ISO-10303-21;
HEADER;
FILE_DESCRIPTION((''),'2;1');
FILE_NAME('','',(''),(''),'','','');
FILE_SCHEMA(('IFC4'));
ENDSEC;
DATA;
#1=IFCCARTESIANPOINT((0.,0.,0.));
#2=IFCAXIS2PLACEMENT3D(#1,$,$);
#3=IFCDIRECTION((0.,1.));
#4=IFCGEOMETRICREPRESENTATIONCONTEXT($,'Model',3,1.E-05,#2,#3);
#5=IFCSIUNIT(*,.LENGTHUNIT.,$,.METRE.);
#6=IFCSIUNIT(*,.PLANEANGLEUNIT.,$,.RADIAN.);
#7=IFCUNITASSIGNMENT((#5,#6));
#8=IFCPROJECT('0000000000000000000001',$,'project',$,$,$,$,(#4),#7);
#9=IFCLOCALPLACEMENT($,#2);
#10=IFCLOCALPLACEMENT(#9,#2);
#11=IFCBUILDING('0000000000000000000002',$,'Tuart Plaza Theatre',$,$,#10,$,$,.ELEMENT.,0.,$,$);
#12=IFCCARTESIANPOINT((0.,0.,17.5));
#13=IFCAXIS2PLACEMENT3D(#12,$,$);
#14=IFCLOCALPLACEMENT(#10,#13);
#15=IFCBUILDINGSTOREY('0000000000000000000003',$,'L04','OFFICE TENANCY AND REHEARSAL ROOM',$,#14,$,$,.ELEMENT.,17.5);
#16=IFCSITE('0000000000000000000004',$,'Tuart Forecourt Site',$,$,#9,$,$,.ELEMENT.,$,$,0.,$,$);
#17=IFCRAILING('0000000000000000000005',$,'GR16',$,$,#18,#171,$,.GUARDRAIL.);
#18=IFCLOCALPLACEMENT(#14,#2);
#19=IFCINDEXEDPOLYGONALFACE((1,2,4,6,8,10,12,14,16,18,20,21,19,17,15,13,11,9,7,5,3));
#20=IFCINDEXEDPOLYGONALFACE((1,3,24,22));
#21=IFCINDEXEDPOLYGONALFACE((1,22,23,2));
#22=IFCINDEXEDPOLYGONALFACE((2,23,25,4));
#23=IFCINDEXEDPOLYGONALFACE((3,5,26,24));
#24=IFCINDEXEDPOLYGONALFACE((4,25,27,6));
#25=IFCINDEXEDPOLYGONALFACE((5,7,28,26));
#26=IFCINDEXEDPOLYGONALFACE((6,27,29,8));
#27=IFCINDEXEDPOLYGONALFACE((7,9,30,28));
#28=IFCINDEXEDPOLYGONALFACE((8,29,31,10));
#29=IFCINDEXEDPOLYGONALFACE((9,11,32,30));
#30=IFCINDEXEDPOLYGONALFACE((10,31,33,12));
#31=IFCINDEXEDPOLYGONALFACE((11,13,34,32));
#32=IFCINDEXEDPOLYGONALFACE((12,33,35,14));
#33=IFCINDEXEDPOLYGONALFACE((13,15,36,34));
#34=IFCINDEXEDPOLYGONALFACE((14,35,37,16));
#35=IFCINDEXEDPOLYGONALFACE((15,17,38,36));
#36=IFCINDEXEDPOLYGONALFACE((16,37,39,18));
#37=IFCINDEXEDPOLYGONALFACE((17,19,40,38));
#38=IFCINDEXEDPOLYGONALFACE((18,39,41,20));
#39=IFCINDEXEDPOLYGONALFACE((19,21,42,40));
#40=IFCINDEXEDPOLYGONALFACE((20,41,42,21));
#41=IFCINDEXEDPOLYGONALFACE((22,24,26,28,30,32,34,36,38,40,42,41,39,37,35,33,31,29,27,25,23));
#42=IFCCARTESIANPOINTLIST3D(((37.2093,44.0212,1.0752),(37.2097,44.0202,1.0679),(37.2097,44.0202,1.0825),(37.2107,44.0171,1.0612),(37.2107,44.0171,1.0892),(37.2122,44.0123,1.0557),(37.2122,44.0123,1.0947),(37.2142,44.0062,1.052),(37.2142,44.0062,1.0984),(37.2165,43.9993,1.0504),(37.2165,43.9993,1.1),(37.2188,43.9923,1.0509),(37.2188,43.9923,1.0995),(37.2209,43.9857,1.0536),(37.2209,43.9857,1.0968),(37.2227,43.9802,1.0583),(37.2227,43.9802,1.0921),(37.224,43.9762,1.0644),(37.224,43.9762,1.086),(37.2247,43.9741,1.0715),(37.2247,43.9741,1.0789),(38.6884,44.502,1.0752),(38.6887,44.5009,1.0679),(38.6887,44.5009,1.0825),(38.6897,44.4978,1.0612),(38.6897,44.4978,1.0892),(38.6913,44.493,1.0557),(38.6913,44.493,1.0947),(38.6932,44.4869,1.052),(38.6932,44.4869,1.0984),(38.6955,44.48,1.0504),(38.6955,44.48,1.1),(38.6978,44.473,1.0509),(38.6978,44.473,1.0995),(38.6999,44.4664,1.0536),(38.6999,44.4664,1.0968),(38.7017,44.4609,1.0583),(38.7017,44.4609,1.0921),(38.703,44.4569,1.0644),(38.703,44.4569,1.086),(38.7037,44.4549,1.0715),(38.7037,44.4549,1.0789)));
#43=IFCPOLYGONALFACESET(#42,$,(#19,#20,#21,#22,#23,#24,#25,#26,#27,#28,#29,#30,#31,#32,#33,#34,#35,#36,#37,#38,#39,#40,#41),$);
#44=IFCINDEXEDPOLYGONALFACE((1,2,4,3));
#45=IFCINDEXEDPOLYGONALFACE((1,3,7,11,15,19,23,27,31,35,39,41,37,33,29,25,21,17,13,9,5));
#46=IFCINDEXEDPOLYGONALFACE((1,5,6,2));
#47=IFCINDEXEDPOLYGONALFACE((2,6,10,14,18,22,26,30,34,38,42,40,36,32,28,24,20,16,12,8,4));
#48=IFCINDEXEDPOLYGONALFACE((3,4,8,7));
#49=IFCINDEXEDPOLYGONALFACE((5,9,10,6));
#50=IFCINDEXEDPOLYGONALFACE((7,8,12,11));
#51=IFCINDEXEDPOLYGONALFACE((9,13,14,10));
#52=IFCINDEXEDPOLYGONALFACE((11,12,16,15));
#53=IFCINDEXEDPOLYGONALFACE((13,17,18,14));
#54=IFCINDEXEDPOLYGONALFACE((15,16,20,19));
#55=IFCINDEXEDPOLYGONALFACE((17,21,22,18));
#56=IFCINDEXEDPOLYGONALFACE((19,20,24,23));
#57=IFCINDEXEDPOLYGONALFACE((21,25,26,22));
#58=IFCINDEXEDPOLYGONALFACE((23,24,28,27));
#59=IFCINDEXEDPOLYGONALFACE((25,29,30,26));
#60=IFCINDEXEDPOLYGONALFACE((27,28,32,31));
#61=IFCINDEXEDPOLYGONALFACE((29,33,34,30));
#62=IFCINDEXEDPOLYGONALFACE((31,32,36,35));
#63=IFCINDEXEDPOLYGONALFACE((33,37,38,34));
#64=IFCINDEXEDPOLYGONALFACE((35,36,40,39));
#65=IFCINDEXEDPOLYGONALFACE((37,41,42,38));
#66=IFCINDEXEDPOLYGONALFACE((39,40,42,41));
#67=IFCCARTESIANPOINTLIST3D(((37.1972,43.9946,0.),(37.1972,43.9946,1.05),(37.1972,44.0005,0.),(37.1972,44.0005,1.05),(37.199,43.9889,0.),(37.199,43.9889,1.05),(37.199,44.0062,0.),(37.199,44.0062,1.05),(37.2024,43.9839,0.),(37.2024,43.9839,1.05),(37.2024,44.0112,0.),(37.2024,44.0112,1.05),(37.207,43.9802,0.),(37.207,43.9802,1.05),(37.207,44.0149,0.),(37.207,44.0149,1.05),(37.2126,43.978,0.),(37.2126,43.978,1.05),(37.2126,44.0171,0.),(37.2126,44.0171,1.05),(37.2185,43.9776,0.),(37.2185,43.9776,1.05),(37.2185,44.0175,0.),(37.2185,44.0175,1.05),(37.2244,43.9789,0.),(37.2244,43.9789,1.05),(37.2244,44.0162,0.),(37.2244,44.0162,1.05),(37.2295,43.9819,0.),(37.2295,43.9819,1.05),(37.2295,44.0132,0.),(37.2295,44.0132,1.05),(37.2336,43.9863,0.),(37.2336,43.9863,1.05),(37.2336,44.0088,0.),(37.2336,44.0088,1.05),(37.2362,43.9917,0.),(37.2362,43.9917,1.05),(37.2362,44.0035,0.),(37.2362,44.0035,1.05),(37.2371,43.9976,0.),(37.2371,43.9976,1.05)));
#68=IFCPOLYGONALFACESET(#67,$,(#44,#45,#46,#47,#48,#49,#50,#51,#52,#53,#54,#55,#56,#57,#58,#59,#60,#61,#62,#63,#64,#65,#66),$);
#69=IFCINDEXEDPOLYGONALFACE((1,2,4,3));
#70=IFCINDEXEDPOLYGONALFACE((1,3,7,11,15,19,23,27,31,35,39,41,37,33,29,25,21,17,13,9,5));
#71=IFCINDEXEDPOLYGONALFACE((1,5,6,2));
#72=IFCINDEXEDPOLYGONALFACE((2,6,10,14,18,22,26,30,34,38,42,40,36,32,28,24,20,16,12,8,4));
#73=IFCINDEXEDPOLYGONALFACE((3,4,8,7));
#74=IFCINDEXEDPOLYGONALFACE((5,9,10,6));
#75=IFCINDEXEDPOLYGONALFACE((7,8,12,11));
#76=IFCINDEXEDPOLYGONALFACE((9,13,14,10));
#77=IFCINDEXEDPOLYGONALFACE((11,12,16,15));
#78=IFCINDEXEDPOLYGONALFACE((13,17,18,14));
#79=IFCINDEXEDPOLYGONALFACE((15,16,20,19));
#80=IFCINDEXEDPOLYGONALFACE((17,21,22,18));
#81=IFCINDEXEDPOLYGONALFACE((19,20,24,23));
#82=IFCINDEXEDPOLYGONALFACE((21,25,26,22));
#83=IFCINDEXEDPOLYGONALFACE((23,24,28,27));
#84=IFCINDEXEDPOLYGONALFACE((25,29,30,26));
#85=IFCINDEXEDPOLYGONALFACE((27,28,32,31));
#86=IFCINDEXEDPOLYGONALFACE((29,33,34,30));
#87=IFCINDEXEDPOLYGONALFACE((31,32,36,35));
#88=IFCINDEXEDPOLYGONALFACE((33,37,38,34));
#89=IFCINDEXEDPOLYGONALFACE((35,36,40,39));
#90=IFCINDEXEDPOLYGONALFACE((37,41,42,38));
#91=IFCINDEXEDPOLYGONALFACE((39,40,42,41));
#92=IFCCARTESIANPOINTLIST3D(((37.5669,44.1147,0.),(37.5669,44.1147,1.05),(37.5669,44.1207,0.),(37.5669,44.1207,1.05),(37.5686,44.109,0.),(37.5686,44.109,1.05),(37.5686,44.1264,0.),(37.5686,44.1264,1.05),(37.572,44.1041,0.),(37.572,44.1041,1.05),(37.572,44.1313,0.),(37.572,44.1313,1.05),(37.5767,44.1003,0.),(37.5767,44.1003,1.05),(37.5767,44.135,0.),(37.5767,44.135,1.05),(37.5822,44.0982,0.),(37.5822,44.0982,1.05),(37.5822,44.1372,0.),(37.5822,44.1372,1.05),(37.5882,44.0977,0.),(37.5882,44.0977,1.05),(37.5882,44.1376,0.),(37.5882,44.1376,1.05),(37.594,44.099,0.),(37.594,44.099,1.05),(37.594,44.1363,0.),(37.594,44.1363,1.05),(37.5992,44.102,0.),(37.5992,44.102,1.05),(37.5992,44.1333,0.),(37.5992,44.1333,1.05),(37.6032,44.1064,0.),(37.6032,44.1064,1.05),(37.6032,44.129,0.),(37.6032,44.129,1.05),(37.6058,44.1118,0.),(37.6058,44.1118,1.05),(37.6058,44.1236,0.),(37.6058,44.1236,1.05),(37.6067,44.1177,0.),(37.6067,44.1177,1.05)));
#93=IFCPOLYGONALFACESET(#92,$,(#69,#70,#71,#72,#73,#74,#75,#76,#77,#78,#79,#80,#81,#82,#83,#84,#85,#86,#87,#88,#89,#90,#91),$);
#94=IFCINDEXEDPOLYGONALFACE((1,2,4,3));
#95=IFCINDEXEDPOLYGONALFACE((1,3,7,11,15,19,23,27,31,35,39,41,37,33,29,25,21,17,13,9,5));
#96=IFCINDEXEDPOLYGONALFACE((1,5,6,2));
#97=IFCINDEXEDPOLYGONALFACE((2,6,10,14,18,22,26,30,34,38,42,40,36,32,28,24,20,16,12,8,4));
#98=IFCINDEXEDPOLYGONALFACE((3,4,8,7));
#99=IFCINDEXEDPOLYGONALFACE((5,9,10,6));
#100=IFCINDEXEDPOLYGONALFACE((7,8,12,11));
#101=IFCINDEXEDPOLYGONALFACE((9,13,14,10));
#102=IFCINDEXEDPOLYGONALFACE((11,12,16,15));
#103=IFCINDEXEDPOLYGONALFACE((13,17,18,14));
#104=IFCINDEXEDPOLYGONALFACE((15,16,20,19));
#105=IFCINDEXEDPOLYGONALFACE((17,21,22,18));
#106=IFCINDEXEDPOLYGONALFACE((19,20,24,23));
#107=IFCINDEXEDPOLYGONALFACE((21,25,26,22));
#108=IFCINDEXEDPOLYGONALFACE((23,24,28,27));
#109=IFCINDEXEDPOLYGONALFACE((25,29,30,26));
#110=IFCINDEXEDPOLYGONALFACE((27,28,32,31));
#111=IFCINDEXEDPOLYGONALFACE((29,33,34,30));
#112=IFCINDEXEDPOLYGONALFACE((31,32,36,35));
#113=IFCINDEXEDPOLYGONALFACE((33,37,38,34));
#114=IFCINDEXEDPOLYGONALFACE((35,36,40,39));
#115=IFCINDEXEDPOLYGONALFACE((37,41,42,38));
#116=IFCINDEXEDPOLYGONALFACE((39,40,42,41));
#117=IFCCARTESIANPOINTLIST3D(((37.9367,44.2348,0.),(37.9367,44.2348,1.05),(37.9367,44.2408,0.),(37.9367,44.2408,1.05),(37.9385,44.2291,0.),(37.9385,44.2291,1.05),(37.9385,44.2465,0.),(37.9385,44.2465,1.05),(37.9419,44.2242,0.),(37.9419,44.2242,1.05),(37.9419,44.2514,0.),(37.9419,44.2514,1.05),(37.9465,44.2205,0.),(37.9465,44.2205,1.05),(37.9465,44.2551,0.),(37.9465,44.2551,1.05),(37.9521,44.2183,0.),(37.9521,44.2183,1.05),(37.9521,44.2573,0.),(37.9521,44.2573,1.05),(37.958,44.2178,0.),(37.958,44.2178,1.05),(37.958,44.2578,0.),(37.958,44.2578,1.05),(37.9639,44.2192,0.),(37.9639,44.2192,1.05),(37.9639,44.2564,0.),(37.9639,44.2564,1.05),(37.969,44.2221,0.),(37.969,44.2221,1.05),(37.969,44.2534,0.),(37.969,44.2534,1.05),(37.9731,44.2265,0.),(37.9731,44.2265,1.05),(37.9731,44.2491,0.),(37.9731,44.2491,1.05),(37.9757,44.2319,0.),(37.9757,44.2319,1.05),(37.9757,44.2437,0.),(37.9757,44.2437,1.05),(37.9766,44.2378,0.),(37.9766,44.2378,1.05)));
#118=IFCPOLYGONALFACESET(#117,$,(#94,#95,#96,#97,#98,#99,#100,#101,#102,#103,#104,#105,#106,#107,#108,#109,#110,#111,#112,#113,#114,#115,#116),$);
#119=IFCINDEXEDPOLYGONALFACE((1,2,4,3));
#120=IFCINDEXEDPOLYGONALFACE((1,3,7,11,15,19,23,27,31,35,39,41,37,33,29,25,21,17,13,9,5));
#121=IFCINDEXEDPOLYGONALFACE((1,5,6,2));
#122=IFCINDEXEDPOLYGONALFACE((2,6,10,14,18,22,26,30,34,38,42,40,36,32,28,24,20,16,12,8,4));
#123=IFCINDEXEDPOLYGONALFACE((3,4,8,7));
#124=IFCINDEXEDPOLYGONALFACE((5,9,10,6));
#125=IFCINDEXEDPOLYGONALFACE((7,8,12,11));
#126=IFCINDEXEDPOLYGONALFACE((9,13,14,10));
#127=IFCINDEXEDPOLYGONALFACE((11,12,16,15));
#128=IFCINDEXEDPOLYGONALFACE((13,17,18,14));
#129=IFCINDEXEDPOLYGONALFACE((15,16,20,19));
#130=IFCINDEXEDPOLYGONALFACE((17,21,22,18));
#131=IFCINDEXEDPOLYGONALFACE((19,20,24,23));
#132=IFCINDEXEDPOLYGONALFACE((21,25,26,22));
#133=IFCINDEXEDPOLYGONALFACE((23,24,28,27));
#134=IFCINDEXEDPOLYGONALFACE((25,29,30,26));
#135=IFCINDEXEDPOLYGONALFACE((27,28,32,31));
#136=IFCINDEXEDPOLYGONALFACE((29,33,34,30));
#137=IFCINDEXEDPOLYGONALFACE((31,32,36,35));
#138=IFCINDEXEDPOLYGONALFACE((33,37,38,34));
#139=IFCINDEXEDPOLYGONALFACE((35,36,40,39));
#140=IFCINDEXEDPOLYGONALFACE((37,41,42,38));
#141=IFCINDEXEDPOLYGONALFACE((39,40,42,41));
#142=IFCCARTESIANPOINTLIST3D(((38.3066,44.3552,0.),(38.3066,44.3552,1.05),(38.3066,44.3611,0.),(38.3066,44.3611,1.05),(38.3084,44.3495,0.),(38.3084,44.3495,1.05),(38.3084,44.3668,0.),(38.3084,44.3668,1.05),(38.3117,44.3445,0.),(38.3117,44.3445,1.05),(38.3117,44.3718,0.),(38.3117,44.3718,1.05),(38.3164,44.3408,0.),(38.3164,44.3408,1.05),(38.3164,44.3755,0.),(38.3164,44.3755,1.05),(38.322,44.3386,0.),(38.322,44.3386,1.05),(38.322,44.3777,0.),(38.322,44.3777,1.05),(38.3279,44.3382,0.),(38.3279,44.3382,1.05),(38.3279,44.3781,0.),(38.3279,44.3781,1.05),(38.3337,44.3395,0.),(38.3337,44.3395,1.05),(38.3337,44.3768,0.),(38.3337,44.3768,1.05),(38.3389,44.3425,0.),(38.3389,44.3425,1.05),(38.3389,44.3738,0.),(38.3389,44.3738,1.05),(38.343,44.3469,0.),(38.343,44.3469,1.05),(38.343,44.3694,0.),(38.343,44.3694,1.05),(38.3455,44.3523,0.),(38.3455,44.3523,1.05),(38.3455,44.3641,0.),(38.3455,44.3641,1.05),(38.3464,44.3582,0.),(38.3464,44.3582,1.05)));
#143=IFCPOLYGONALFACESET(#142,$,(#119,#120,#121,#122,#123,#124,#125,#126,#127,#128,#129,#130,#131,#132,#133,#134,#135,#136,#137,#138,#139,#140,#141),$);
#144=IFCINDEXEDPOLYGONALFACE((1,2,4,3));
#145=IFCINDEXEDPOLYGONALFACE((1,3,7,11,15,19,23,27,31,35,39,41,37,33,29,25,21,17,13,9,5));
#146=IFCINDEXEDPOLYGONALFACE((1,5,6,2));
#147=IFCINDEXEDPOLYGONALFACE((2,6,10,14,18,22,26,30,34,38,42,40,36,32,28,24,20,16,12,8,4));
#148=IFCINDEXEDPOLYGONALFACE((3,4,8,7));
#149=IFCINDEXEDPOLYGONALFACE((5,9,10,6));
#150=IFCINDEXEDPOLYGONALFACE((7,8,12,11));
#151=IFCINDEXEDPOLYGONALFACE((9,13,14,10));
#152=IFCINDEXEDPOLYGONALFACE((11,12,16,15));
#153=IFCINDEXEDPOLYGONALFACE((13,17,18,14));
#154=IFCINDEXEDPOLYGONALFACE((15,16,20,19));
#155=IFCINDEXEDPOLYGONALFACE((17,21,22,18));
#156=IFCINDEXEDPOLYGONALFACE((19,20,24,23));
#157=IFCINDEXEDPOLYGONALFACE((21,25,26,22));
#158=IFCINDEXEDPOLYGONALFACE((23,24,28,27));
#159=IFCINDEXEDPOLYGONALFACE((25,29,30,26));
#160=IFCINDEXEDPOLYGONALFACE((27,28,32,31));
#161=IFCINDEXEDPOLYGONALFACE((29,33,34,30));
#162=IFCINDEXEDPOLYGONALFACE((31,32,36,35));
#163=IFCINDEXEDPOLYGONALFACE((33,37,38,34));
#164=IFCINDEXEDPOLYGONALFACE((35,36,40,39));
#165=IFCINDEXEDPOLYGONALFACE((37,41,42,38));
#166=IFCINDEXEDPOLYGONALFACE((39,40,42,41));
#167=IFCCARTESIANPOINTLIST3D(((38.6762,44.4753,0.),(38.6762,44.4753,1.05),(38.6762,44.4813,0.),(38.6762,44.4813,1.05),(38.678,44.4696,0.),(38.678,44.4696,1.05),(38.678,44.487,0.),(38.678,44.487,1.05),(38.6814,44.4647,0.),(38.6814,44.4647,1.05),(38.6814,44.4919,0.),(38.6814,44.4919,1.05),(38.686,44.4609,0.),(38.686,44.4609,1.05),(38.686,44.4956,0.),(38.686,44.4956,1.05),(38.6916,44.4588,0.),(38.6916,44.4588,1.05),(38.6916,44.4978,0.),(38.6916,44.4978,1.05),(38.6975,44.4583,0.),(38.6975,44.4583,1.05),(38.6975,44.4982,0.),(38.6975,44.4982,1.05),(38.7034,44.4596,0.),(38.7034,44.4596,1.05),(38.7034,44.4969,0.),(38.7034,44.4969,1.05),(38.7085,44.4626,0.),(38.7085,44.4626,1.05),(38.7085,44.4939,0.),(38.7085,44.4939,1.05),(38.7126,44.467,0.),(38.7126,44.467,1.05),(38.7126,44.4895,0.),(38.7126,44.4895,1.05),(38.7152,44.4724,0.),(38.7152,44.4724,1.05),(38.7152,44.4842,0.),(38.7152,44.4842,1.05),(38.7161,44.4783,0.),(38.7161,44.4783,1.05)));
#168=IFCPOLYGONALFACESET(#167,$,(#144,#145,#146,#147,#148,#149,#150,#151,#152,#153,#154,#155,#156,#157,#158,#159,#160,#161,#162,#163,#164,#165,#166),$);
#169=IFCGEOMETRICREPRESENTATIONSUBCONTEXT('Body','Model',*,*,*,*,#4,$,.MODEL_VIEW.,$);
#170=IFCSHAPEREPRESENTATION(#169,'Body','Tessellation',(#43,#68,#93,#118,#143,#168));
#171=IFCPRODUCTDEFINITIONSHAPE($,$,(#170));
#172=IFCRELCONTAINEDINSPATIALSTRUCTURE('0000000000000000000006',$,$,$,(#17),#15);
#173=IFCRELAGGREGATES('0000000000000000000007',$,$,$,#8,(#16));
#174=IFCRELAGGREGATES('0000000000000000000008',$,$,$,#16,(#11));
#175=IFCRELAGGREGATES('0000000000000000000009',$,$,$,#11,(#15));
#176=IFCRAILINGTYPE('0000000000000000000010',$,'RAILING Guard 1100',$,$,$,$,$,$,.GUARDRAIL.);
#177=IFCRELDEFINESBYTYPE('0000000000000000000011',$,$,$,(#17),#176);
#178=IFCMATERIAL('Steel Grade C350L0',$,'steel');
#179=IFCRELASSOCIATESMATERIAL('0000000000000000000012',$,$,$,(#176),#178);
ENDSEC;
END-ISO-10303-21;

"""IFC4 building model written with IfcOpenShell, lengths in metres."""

from ifc_helpers import new_model, si_unit, direction, frame, origin, origin_2d, place, context, subcontext, project, spatial, circle, extrude, material, type_object, element, save


model = new_model("IFC4")

# Units and contexts
model_context = context("Model", 3, precision=1e-05, world=origin(), true_north=direction((0.0, 1.0)))
body_context = subcontext(model_context, "Body", "Model", "MODEL_VIEW")
ifc_project = project(units=[si_unit("LENGTHUNIT", "METRE"), si_unit("PLANEANGLEUNIT", "RADIAN")], contexts=[model_context])

# Site, building, storey
site_placement = place(None, origin())
site = spatial("IfcSite", under=ifc_project, at=site_placement, Name="Tuart Forecourt Site", CompositionType="ELEMENT", RefElevation=0.0)
building_placement = place(site_placement, origin())
building = spatial("IfcBuilding", under=site, at=building_placement, Name="Tuart Plaza Theatre", CompositionType="ELEMENT", ElevationOfRefHeight=0.0)
storey_placement = place(building_placement, frame((0.0, 0.0, 17.5)))
storey = spatial("IfcBuildingStorey", under=building, at=storey_placement, Name="L04", Description="OFFICE TENANCY AND REHEARSAL ROOM", CompositionType="ELEMENT", Elevation=17.5)

# Railing
ifc_material_1 = material(Name="Steel Grade C350L0", Category="steel")
railing_type = type_object("IfcRailingType", Name="RAILING Guard 1100", PredefinedType="GUARDRAIL", material=ifc_material_1)
railing_1_placement = place(storey_placement, frame((37.217, 43.9976, 0.0)))
element("IfcRailing", 1, at=railing_1_placement, inside=storey, type_object=railing_type, Name="GR16", PredefinedType="GUARDRAIL", context=body_context, shape_type="SweptSolid", body=[
    extrude(circle(Radius=0.0249, at=origin_2d()), frame((0.0, 0.0, 1.0752), z_axis=(0.951027, 0.309107, 0.0), x_axis=(-0.309107, 0.951027, 0.0)), (0.0, 0.0, 1.0), 1.5552),
    extrude(circle(Radius=0.02, at=origin_2d()), origin(), (0.0, 0.0, 1.0), 1.05),
    extrude(circle(Radius=0.02, at=origin_2d()), frame((0.3696, 0.1201, 0.0)), (0.0, 0.0, 1.0), 1.05),
    extrude(circle(Radius=0.02, at=origin_2d()), frame((0.7395, 0.2402, 0.0)), (0.0, 0.0, 1.0), 1.05),
    extrude(circle(Radius=0.02, at=origin_2d()), frame((1.1094, 0.3606, 0.0)), (0.0, 0.0, 1.0), 1.05),
    extrude(circle(Radius=0.02, at=origin_2d()), frame((1.479, 0.4807, 0.0)), (0.0, 0.0, 1.0), 1.05),
])

save(model, "model.ifc")
